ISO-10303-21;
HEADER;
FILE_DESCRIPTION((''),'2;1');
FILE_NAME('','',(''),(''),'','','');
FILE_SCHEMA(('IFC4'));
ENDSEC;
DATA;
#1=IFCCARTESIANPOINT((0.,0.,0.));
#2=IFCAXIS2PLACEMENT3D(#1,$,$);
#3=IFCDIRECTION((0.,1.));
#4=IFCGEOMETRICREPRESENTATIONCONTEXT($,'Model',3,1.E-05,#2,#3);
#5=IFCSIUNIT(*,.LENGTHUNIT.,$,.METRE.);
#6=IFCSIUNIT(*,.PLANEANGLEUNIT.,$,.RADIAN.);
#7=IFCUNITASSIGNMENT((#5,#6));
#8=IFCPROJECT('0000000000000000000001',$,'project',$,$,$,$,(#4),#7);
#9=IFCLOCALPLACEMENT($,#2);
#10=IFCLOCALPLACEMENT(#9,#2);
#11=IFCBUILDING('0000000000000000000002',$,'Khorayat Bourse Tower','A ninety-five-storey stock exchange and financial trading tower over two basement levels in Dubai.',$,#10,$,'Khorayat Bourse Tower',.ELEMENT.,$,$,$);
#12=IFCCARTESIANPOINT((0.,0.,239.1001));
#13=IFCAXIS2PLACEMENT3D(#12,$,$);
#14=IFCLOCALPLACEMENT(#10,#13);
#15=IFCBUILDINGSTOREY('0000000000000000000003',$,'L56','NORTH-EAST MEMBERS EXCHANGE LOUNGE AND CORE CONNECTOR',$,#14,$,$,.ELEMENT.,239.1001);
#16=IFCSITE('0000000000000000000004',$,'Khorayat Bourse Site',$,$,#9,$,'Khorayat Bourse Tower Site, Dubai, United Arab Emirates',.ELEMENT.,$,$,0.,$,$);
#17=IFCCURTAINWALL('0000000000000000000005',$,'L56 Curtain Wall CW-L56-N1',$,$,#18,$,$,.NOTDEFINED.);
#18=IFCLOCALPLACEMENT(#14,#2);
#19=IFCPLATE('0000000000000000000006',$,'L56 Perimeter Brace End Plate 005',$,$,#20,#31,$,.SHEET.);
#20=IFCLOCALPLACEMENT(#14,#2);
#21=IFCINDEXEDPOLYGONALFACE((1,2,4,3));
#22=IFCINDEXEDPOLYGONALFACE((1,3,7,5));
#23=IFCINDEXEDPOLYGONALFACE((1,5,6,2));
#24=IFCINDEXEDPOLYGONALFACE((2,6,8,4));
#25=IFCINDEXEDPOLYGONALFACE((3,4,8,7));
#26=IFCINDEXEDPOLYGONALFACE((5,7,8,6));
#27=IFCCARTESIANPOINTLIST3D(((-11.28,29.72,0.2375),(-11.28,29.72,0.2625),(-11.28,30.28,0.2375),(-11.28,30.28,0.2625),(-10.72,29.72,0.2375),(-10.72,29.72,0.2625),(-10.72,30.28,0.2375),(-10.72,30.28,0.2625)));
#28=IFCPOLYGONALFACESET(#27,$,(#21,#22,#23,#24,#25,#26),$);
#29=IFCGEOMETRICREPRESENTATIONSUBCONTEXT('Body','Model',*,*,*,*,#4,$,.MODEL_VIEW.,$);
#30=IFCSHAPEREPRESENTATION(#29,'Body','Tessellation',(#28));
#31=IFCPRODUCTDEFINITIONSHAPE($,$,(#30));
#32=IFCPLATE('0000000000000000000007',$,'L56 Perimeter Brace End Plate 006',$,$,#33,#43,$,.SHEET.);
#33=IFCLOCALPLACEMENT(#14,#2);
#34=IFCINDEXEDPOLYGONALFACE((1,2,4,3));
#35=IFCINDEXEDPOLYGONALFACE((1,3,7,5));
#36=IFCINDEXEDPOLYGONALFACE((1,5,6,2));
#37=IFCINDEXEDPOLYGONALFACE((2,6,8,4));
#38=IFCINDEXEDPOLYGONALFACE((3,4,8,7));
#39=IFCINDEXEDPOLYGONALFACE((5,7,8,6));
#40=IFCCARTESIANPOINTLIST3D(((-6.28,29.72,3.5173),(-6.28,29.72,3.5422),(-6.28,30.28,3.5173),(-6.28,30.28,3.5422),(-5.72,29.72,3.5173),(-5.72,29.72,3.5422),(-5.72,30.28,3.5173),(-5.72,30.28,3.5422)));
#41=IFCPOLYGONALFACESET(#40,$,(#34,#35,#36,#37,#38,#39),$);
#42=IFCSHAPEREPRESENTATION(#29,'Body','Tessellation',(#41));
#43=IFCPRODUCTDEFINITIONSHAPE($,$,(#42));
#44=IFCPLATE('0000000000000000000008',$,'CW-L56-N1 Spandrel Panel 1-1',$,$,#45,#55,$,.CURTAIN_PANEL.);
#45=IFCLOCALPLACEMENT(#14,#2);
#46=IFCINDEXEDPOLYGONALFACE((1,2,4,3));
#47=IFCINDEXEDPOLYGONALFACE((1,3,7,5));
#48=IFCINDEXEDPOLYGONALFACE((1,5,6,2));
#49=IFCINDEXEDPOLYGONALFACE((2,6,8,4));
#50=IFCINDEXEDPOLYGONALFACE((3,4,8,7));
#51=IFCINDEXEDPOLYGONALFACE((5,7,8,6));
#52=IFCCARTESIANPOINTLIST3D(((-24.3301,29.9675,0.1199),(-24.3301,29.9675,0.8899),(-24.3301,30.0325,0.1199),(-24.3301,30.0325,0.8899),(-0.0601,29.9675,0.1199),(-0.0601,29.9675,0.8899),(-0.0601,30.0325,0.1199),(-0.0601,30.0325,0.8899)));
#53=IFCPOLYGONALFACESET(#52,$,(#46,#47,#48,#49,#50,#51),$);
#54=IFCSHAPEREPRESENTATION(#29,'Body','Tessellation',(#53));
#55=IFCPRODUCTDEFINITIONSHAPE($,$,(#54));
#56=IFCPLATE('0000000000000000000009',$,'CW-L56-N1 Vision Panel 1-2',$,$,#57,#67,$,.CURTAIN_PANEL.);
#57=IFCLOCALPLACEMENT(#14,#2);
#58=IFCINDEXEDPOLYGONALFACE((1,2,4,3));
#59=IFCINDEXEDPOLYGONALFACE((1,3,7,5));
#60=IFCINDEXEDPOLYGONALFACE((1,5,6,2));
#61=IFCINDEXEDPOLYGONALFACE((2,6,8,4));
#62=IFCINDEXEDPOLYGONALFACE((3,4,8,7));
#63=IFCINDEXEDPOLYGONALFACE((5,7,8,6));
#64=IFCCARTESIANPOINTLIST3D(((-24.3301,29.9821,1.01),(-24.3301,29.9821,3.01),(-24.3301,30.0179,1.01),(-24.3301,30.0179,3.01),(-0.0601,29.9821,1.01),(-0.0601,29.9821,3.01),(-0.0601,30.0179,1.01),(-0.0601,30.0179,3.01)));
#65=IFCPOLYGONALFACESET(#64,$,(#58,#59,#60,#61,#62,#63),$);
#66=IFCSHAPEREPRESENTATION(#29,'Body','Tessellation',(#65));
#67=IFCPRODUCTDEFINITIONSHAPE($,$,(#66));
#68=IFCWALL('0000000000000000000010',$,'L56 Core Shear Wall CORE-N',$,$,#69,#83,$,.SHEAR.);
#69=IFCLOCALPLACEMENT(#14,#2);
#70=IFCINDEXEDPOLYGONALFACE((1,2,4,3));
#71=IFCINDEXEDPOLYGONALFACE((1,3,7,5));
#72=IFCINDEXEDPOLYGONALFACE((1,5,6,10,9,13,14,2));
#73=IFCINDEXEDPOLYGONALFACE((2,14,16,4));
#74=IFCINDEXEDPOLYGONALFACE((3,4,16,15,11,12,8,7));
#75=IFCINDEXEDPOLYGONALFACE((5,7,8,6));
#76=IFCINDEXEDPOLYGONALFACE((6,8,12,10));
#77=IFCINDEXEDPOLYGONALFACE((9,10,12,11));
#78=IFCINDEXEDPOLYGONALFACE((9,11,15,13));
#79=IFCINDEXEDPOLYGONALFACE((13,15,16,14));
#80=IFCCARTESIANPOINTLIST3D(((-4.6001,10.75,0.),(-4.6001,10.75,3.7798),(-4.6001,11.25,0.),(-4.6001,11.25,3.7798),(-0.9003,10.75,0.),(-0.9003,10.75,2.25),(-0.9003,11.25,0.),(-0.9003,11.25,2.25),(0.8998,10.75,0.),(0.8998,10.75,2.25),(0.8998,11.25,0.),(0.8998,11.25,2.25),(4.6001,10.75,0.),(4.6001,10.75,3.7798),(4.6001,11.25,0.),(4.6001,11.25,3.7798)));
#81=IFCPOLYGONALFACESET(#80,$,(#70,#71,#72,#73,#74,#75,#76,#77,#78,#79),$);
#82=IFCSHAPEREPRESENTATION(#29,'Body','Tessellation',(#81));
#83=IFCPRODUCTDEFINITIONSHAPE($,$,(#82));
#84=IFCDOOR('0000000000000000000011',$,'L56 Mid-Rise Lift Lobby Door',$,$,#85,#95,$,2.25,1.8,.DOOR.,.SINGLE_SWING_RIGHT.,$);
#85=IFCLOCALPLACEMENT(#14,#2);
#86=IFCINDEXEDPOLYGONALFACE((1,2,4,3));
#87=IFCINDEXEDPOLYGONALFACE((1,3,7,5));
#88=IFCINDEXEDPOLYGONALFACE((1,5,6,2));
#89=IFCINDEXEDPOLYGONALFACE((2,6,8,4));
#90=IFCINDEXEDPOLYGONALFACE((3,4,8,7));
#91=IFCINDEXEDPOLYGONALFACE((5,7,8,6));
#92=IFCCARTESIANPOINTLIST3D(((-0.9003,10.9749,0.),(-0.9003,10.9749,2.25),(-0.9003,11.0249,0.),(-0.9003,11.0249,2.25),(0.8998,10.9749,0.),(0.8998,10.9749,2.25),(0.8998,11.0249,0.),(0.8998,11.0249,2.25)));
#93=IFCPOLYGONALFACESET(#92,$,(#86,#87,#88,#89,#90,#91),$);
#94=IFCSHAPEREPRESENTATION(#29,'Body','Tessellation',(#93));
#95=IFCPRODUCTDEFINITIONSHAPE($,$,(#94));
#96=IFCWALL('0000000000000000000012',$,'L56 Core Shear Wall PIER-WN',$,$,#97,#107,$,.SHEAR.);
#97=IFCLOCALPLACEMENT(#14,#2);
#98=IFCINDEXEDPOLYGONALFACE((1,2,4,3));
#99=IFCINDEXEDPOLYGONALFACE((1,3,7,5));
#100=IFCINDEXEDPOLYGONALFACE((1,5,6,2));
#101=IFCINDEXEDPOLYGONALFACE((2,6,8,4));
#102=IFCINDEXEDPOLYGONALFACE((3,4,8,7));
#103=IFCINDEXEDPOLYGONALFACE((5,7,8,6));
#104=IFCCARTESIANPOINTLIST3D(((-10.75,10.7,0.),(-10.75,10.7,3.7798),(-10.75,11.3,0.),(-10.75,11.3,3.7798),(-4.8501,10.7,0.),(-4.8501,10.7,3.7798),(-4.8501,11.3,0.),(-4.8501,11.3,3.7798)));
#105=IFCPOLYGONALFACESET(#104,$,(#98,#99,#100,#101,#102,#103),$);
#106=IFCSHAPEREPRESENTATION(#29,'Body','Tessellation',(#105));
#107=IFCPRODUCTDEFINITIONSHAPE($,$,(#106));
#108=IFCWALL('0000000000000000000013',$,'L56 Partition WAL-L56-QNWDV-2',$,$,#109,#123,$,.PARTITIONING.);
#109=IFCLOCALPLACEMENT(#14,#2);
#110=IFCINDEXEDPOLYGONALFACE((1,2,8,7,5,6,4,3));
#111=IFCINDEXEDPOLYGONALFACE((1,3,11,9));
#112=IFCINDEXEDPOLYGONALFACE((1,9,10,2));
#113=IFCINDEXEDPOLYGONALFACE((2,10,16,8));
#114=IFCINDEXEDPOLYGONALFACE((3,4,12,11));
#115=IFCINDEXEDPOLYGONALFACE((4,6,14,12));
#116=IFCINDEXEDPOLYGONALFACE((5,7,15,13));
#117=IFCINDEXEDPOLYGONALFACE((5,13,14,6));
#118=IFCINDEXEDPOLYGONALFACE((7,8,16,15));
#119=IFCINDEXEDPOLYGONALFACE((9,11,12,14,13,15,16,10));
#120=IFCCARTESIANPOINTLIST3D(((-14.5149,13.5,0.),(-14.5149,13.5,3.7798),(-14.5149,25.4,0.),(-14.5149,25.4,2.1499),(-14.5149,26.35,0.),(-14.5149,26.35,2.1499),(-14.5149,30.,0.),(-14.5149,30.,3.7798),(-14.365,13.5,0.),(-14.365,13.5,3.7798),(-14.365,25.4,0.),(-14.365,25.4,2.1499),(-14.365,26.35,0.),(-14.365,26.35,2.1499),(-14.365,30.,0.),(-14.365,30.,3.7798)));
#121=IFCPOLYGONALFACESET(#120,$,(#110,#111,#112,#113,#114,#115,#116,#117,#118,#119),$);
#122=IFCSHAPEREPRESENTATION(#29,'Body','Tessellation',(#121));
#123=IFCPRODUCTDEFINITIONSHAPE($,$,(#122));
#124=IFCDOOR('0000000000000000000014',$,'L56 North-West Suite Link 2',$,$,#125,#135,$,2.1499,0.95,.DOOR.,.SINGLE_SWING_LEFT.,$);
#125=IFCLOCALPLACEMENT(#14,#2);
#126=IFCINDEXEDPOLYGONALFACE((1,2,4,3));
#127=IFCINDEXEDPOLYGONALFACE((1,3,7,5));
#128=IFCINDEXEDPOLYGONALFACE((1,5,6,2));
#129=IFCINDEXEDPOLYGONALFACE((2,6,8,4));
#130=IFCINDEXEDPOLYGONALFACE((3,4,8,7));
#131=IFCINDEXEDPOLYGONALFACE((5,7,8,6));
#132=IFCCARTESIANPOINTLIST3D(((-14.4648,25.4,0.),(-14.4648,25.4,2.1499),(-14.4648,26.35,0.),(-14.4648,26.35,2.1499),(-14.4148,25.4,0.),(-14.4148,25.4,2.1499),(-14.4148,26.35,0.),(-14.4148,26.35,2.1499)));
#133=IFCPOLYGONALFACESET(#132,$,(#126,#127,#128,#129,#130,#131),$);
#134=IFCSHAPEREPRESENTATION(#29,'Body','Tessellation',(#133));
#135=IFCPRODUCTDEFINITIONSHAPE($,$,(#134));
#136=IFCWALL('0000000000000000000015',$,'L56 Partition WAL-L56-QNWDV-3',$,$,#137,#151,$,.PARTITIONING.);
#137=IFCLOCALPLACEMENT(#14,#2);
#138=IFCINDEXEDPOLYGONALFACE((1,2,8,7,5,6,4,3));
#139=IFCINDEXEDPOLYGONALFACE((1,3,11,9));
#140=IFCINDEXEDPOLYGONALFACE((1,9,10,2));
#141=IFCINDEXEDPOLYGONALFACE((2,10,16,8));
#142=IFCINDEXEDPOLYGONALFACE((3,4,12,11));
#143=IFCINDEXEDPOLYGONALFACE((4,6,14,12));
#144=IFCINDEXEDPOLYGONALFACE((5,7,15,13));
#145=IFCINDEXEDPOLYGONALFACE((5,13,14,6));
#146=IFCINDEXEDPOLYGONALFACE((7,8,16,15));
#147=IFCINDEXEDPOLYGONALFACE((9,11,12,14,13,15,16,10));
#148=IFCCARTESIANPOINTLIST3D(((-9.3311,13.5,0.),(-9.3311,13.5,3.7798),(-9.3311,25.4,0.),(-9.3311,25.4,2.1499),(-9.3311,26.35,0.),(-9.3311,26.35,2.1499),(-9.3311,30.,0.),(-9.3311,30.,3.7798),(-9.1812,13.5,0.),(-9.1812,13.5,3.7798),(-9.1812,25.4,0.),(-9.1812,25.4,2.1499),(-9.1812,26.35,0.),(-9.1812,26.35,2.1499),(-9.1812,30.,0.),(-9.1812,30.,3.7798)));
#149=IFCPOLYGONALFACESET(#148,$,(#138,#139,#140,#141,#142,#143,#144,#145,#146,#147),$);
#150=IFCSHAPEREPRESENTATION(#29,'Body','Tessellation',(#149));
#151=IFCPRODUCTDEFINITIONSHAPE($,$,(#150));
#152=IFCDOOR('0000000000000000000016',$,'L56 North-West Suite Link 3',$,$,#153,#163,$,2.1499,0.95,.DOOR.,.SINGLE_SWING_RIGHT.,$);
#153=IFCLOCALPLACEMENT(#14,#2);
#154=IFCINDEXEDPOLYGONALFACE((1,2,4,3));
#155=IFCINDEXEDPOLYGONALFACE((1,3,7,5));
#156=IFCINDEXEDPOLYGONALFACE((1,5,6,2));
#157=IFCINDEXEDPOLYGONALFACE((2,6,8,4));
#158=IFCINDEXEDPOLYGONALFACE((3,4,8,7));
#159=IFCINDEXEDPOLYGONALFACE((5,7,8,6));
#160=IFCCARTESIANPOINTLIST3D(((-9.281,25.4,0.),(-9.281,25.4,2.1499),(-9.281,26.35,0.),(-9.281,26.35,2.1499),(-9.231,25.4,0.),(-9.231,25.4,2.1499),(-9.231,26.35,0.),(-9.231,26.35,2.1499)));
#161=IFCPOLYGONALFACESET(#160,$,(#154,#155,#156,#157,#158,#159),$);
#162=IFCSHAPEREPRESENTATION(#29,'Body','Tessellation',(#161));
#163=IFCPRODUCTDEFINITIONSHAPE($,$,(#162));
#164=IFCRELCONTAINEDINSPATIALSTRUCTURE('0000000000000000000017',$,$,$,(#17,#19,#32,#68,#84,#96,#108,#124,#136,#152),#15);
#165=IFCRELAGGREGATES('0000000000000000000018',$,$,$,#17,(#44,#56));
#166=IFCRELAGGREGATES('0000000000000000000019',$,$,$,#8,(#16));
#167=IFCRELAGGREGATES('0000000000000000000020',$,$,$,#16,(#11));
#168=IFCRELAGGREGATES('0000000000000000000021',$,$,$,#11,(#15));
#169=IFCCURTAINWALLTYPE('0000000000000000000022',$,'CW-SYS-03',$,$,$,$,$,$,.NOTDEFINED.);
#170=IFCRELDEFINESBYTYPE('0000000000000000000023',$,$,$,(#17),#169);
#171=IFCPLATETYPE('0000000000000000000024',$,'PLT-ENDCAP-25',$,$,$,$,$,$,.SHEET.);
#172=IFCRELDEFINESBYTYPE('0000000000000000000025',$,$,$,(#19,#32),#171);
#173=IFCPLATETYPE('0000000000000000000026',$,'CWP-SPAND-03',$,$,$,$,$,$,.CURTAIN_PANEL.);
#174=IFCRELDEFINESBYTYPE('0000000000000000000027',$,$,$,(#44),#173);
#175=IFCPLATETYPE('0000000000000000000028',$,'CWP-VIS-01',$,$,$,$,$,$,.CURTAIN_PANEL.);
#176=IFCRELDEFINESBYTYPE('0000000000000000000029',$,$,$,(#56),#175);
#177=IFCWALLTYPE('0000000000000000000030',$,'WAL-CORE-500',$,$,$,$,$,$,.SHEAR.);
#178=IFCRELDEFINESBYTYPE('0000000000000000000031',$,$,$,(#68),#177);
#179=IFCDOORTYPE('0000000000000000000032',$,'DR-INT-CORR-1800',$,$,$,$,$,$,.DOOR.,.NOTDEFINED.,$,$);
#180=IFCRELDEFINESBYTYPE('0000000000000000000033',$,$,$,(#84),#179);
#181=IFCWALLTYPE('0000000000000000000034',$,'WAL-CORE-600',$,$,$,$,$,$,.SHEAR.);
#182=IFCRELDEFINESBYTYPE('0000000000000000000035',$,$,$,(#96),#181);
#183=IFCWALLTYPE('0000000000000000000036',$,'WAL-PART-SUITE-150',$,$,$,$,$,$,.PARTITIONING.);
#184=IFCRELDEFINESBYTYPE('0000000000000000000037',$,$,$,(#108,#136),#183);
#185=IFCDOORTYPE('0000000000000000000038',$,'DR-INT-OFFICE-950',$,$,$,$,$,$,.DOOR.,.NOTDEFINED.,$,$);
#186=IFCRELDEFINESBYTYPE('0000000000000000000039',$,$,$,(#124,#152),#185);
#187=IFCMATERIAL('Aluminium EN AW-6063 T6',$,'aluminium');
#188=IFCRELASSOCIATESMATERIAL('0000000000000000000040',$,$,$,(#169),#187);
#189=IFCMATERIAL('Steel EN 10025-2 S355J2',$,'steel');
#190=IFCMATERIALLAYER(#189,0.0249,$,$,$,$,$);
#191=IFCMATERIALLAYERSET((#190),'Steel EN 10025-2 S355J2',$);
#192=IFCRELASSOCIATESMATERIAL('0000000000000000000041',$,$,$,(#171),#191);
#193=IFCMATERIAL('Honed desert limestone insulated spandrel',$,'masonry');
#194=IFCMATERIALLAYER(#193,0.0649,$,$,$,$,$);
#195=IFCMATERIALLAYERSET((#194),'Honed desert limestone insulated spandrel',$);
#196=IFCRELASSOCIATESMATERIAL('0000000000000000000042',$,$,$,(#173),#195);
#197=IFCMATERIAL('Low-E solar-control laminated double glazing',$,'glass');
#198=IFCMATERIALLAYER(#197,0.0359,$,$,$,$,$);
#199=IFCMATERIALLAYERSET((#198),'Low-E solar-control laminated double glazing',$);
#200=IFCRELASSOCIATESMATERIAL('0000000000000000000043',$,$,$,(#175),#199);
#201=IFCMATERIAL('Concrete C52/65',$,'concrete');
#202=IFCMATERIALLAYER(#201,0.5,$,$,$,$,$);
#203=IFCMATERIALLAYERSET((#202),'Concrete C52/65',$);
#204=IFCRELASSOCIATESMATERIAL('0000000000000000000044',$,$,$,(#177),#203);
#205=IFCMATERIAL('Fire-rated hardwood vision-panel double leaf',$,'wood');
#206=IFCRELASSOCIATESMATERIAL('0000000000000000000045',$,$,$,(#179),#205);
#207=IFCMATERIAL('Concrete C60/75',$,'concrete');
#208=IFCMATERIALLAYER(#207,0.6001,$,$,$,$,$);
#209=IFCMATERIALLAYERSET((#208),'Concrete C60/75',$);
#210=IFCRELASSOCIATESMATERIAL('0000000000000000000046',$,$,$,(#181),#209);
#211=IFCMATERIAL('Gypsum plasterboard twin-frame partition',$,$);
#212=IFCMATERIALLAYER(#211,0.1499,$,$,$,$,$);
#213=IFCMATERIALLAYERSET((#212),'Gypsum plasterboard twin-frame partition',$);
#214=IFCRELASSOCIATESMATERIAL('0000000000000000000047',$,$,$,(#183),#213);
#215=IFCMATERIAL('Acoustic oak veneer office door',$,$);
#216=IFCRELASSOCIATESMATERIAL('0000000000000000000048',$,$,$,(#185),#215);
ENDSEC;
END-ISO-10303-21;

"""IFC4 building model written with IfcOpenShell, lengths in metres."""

from ifc_helpers import new_model, si_unit, direction, frame, frame_2d, origin, origin_2d, place, context, subcontext, project, spatial, rectangle, extrude, source, transform, mapped, material, layer, layer_set, type_object, element, fill, aggregate, save


model = new_model("IFC4")

# Units and contexts
model_context = context("Model", 3, precision=1e-05, world=origin(), true_north=direction((0.0, 1.0)))
body_context = subcontext(model_context, "Body", "Model", "MODEL_VIEW")
ifc_project = project(units=[si_unit("LENGTHUNIT", "METRE"), si_unit("PLANEANGLEUNIT", "RADIAN")], contexts=[model_context])

# Site, building, storey
site_placement = place(None, origin())
site = spatial("IfcSite", under=ifc_project, at=site_placement, Name="Khorayat Bourse Site", LongName="Khorayat Bourse Tower Site, Dubai, United Arab Emirates", CompositionType="ELEMENT", RefElevation=0.0)
building_placement = place(site_placement, origin())
building = spatial("IfcBuilding", under=site, at=building_placement, Name="Khorayat Bourse Tower", Description="A ninety-five-storey stock exchange and financial trading tower over two basement levels in Dubai.", LongName="Khorayat Bourse Tower", CompositionType="ELEMENT")
storey_placement = place(building_placement, frame((0.0, 0.0, 239.1001)))
storey = spatial("IfcBuildingStorey", under=building, at=storey_placement, Name="L56", Description="NORTH-EAST MEMBERS EXCHANGE LOUNGE AND CORE CONNECTOR", CompositionType="ELEMENT", Elevation=239.1001)

# Curtain wall
ifc_material_1 = material(Name="Aluminium EN AW-6063 T6", Category="aluminium")
curtain_wall_type = type_object("IfcCurtainWallType", Name="CW-SYS-03", PredefinedType="NOTDEFINED", material=ifc_material_1)
curtain_wall_placement = place(storey_placement, origin())
curtain_wall = element("IfcCurtainWall", 1, at=curtain_wall_placement, inside=storey, type_object=curtain_wall_type, Name="L56 Curtain Wall CW-L56-N1", PredefinedType="NOTDEFINED")

# Plates
ifc_material_2 = material(Name="Steel EN 10025-2 S355J2", Category="steel")
ifc_layer_1 = layer(ifc_material_2, 0.0249)
ifc_layer_set_1 = layer_set([ifc_layer_1], Name="Steel EN 10025-2 S355J2")
plate_type_1 = type_object("IfcPlateType", Name="PLT-ENDCAP-25", PredefinedType="SHEET", material=ifc_layer_set_1)
shared_shape_1 = source(origin(), body_context, "Body", "SweptSolid", [
    extrude(rectangle(XDim=0.5601, YDim=0.5601, at=origin_2d()), origin(), (0.0, 0.0, 1.0), 0.0249),
])
for number, where, z_axis, x_axis, name in (
    (2, (-11.0, 30.0, 0.2375), (0.0, 0.0, 1.0), (1.0, 0.0, 0.0), "L56 Perimeter Brace End Plate 005"),
    (3, (-6.0, 30.0, 3.5173), (0.0, 0.0, 1.0), (1.0, 0.0, 0.0), "L56 Perimeter Brace End Plate 006"),
):
    element("IfcPlate", number, at=place(storey_placement, frame(where, z_axis=z_axis, x_axis=x_axis)), inside=storey, type_object=plate_type_1, Name=name, PredefinedType="SHEET", context=body_context, shape_type="MappedRepresentation", body=[
        mapped(shared_shape_1, transform((0.0, 0.0, 0.0), scale=1.0)),
    ])

# Plates
ifc_material_3 = material(Name="Honed desert limestone insulated spandrel", Category="masonry")
ifc_layer_2 = layer(ifc_material_3, 0.0649)
ifc_layer_set_2 = layer_set([ifc_layer_2], Name="Honed desert limestone insulated spandrel")
plate_type_2 = type_object("IfcPlateType", Name="CWP-SPAND-03", PredefinedType="CURTAIN_PANEL", material=ifc_layer_set_2)
shared_shape_2 = source(origin(), body_context, "Body", "SweptSolid", [
    extrude(rectangle(XDim=24.27, YDim=0.0649, at=origin_2d()), origin(), (0.0, 0.0, 1.0), 0.77),
])
plate_1_placement = place(storey_placement, frame((-12.1951, 30.0, 0.1199), z_axis=(0.0, 0.0, 1.0), x_axis=(1.0, 0.0, 0.0)))
plate_1 = element("IfcPlate", 4, at=plate_1_placement, type_object=plate_type_2, Name="CW-L56-N1 Spandrel Panel 1-1", PredefinedType="CURTAIN_PANEL", context=body_context, shape_type="MappedRepresentation", body=[
    mapped(shared_shape_2, transform((0.0, 0.0, 0.0), scale=1.0)),
])
ifc_material_4 = material(Name="Low-E solar-control laminated double glazing", Category="glass")
ifc_layer_3 = layer(ifc_material_4, 0.0359)
ifc_layer_set_3 = layer_set([ifc_layer_3], Name="Low-E solar-control laminated double glazing")
plate_type_3 = type_object("IfcPlateType", Name="CWP-VIS-01", PredefinedType="CURTAIN_PANEL", material=ifc_layer_set_3)
shared_shape_3 = source(origin(), body_context, "Body", "SweptSolid", [
    extrude(rectangle(XDim=24.27, YDim=0.0359, at=origin_2d()), origin(), (0.0, 0.0, 1.0), 2.0),
])
plate_2_placement = place(storey_placement, frame((-12.1951, 30.0, 1.01), z_axis=(0.0, 0.0, 1.0), x_axis=(1.0, 0.0, 0.0)))
plate_2 = element("IfcPlate", 5, at=plate_2_placement, type_object=plate_type_3, Name="CW-L56-N1 Vision Panel 1-2", PredefinedType="CURTAIN_PANEL", context=body_context, shape_type="MappedRepresentation", body=[
    mapped(shared_shape_3, transform((0.0, 0.0, 0.0), scale=1.0)),
])
aggregate(curtain_wall, [plate_1, plate_2])

# Wall, opening, door
ifc_material_5 = material(Name="Concrete C52/65", Category="concrete")
ifc_layer_4 = layer(ifc_material_5, 0.5)
ifc_layer_set_4 = layer_set([ifc_layer_4], Name="Concrete C52/65")
wall_type_1 = type_object("IfcWallType", Name="WAL-CORE-500", PredefinedType="SHEAR", material=ifc_layer_set_4)
shared_shape_4 = source(origin(), body_context, "Body", "SweptSolid", [
    extrude(rectangle(XDim=9.2002, YDim=0.5, at=frame_2d((4.6001, 0.0))), origin(), (0.0, 0.0, 1.0), 3.7798),
])
wall_1_placement = place(storey_placement, frame((-4.6001, 11.0, 0.0), z_axis=(0.0, 0.0, 1.0), x_axis=(1.0, 0.0, 0.0)))
wall_1 = element("IfcWall", 6, at=wall_1_placement, inside=storey, type_object=wall_type_1, Name="L56 Core Shear Wall CORE-N", PredefinedType="SHEAR", context=body_context, shape_type="MappedRepresentation", body=[
    mapped(shared_shape_4, transform((0.0, 0.0, 0.0), scale=1.0)),
])
shared_shape_5 = source(origin(), body_context, "Body", "SweptSolid", [
    extrude(rectangle(XDim=1.8, YDim=2.25, at=frame_2d((0.8999, 1.125))), frame((0.0, 0.26, 0.0), z_axis=(0.0, -1.0, 0.0), x_axis=(1.0, 0.0, 0.0)), (0.0, 0.0, 1.0), 0.52),
])
opening_1_placement = place(wall_1_placement, frame((3.7, 0.0, 0.0)))
opening_1 = element("IfcOpeningElement", 7, at=opening_1_placement, cuts=wall_1, PredefinedType="OPENING", context=body_context, shape_type="MappedRepresentation", body=[
    mapped(shared_shape_5, transform((0.0, 0.0, 0.0), scale=1.0)),
])
ifc_material_6 = material(Name="Fire-rated hardwood vision-panel double leaf", Category="wood")
door_type_1 = type_object("IfcDoorType", Name="DR-INT-CORR-1800", OperationType="NOTDEFINED", PredefinedType="DOOR", material=ifc_material_6)
shared_shape_6 = source(origin(), body_context, "Body", "SweptSolid", [
    extrude(rectangle(XDim=1.8, YDim=2.25, at=frame_2d((0.8999, 1.125))), frame((0.0, 0.0249, 0.0), z_axis=(0.0, -1.0, 0.0), x_axis=(1.0, 0.0, 0.0)), (0.0, 0.0, 1.0), 0.05),
])
door_1_placement = place(opening_1_placement, origin())
door_1 = element("IfcDoor", 8, at=door_1_placement, inside=storey, type_object=door_type_1, Name="L56 Mid-Rise Lift Lobby Door", OperationType="SINGLE_SWING_RIGHT", OverallHeight=2.25, OverallWidth=1.8, PredefinedType="DOOR", context=body_context, shape_type="MappedRepresentation", body=[
    mapped(shared_shape_6, transform((0.0, 0.0, 0.0), scale=1.0)),
])
fill(opening_1, door_1)

# Wall
ifc_material_7 = material(Name="Concrete C60/75", Category="concrete")
ifc_layer_5 = layer(ifc_material_7, 0.6001)
ifc_layer_set_5 = layer_set([ifc_layer_5], Name="Concrete C60/75")
wall_type_2 = type_object("IfcWallType", Name="WAL-CORE-600", PredefinedType="SHEAR", material=ifc_layer_set_5)
shared_shape_7 = source(origin(), body_context, "Body", "SweptSolid", [
    extrude(rectangle(XDim=5.8999, YDim=0.6001, at=frame_2d((2.95, 0.0))), origin(), (0.0, 0.0, 1.0), 3.7798),
])
wall_2_placement = place(storey_placement, frame((-10.75, 11.0, 0.0), z_axis=(0.0, 0.0, 1.0), x_axis=(1.0, 0.0, 0.0)))
element("IfcWall", 9, at=wall_2_placement, inside=storey, type_object=wall_type_2, Name="L56 Core Shear Wall PIER-WN", PredefinedType="SHEAR", context=body_context, shape_type="MappedRepresentation", body=[
    mapped(shared_shape_7, transform((0.0, 0.0, 0.0), scale=1.0)),
])

# Walls, openings, doors
ifc_material_8 = material(Name="Gypsum plasterboard twin-frame partition")
ifc_layer_6 = layer(ifc_material_8, 0.1499)
ifc_layer_set_6 = layer_set([ifc_layer_6], Name="Gypsum plasterboard twin-frame partition")
wall_type_3 = type_object("IfcWallType", Name="WAL-PART-SUITE-150", PredefinedType="PARTITIONING", material=ifc_layer_set_6)
shared_shape_8 = source(origin(), body_context, "Body", "SweptSolid", [
    extrude(rectangle(XDim=16.5, YDim=0.1499, at=frame_2d((8.25, 0.0))), origin(), (0.0, 0.0, 1.0), 3.7798),
])
wall_3_placement = place(storey_placement, frame((-14.4399, 13.5, 0.0), z_axis=(0.0, 0.0, 1.0), x_axis=(0.0, 1.0, 0.0)))
wall_3 = element("IfcWall", 10, at=wall_3_placement, inside=storey, type_object=wall_type_3, Name="L56 Partition WAL-L56-QNWDV-2", PredefinedType="PARTITIONING", context=body_context, shape_type="MappedRepresentation", body=[
    mapped(shared_shape_8, transform((0.0, 0.0, 0.0), scale=1.0)),
])
shared_shape_9 = source(origin(), body_context, "Body", "SweptSolid", [
    extrude(rectangle(XDim=0.95, YDim=2.1499, at=frame_2d((0.4751, 1.075))), frame((0.0, 0.085, 0.0), z_axis=(0.0, -1.0, 0.0), x_axis=(1.0, 0.0, 0.0)), (0.0, 0.0, 1.0), 0.1699),
])
opening_2_placement = place(wall_3_placement, frame((11.8999, 0.0, 0.0)))
opening_2 = element("IfcOpeningElement", 11, at=opening_2_placement, cuts=wall_3, PredefinedType="OPENING", context=body_context, shape_type="MappedRepresentation", body=[
    mapped(shared_shape_9, transform((0.0, 0.0, 0.0), scale=1.0)),
])
ifc_material_9 = material(Name="Acoustic oak veneer office door")
door_type_2 = type_object("IfcDoorType", Name="DR-INT-OFFICE-950", OperationType="NOTDEFINED", PredefinedType="DOOR", material=ifc_material_9)
shared_shape_10 = source(origin(), body_context, "Body", "SweptSolid", [
    extrude(rectangle(XDim=0.95, YDim=2.1499, at=frame_2d((0.4751, 1.075))), frame((0.0, 0.0249, 0.0), z_axis=(0.0, -1.0, 0.0), x_axis=(1.0, 0.0, 0.0)), (0.0, 0.0, 1.0), 0.05),
])
door_2_placement = place(opening_2_placement, origin())
door_2 = element("IfcDoor", 12, at=door_2_placement, inside=storey, type_object=door_type_2, Name="L56 North-West Suite Link 2", OperationType="SINGLE_SWING_LEFT", OverallHeight=2.1499, OverallWidth=0.95, PredefinedType="DOOR", context=body_context, shape_type="MappedRepresentation", body=[
    mapped(shared_shape_10, transform((0.0, 0.0, 0.0), scale=1.0)),
])
fill(opening_2, door_2)
wall_4_placement = place(storey_placement, frame((-9.2561, 13.5, 0.0), z_axis=(0.0, 0.0, 1.0), x_axis=(0.0, 1.0, 0.0)))
wall_4 = element("IfcWall", 13, at=wall_4_placement, inside=storey, type_object=wall_type_3, Name="L56 Partition WAL-L56-QNWDV-3", PredefinedType="PARTITIONING", context=body_context, shape_type="MappedRepresentation", body=[
    mapped(shared_shape_8, transform((0.0, 0.0, 0.0), scale=1.0)),
])
opening_3_placement = place(wall_4_placement, frame((11.8999, 0.0, 0.0)))
opening_3 = element("IfcOpeningElement", 14, at=opening_3_placement, cuts=wall_4, PredefinedType="OPENING", context=body_context, shape_type="MappedRepresentation", body=[
    mapped(shared_shape_9, transform((0.0, 0.0, 0.0), scale=1.0)),
])
door_3_placement = place(opening_3_placement, origin())
door_3 = element("IfcDoor", 15, at=door_3_placement, inside=storey, type_object=door_type_2, Name="L56 North-West Suite Link 3", OperationType="SINGLE_SWING_RIGHT", OverallHeight=2.1499, OverallWidth=0.95, PredefinedType="DOOR", context=body_context, shape_type="MappedRepresentation", body=[
    mapped(shared_shape_10, transform((0.0, 0.0, 0.0), scale=1.0)),
])
fill(opening_3, door_3)

save(model, "model.ifc")
